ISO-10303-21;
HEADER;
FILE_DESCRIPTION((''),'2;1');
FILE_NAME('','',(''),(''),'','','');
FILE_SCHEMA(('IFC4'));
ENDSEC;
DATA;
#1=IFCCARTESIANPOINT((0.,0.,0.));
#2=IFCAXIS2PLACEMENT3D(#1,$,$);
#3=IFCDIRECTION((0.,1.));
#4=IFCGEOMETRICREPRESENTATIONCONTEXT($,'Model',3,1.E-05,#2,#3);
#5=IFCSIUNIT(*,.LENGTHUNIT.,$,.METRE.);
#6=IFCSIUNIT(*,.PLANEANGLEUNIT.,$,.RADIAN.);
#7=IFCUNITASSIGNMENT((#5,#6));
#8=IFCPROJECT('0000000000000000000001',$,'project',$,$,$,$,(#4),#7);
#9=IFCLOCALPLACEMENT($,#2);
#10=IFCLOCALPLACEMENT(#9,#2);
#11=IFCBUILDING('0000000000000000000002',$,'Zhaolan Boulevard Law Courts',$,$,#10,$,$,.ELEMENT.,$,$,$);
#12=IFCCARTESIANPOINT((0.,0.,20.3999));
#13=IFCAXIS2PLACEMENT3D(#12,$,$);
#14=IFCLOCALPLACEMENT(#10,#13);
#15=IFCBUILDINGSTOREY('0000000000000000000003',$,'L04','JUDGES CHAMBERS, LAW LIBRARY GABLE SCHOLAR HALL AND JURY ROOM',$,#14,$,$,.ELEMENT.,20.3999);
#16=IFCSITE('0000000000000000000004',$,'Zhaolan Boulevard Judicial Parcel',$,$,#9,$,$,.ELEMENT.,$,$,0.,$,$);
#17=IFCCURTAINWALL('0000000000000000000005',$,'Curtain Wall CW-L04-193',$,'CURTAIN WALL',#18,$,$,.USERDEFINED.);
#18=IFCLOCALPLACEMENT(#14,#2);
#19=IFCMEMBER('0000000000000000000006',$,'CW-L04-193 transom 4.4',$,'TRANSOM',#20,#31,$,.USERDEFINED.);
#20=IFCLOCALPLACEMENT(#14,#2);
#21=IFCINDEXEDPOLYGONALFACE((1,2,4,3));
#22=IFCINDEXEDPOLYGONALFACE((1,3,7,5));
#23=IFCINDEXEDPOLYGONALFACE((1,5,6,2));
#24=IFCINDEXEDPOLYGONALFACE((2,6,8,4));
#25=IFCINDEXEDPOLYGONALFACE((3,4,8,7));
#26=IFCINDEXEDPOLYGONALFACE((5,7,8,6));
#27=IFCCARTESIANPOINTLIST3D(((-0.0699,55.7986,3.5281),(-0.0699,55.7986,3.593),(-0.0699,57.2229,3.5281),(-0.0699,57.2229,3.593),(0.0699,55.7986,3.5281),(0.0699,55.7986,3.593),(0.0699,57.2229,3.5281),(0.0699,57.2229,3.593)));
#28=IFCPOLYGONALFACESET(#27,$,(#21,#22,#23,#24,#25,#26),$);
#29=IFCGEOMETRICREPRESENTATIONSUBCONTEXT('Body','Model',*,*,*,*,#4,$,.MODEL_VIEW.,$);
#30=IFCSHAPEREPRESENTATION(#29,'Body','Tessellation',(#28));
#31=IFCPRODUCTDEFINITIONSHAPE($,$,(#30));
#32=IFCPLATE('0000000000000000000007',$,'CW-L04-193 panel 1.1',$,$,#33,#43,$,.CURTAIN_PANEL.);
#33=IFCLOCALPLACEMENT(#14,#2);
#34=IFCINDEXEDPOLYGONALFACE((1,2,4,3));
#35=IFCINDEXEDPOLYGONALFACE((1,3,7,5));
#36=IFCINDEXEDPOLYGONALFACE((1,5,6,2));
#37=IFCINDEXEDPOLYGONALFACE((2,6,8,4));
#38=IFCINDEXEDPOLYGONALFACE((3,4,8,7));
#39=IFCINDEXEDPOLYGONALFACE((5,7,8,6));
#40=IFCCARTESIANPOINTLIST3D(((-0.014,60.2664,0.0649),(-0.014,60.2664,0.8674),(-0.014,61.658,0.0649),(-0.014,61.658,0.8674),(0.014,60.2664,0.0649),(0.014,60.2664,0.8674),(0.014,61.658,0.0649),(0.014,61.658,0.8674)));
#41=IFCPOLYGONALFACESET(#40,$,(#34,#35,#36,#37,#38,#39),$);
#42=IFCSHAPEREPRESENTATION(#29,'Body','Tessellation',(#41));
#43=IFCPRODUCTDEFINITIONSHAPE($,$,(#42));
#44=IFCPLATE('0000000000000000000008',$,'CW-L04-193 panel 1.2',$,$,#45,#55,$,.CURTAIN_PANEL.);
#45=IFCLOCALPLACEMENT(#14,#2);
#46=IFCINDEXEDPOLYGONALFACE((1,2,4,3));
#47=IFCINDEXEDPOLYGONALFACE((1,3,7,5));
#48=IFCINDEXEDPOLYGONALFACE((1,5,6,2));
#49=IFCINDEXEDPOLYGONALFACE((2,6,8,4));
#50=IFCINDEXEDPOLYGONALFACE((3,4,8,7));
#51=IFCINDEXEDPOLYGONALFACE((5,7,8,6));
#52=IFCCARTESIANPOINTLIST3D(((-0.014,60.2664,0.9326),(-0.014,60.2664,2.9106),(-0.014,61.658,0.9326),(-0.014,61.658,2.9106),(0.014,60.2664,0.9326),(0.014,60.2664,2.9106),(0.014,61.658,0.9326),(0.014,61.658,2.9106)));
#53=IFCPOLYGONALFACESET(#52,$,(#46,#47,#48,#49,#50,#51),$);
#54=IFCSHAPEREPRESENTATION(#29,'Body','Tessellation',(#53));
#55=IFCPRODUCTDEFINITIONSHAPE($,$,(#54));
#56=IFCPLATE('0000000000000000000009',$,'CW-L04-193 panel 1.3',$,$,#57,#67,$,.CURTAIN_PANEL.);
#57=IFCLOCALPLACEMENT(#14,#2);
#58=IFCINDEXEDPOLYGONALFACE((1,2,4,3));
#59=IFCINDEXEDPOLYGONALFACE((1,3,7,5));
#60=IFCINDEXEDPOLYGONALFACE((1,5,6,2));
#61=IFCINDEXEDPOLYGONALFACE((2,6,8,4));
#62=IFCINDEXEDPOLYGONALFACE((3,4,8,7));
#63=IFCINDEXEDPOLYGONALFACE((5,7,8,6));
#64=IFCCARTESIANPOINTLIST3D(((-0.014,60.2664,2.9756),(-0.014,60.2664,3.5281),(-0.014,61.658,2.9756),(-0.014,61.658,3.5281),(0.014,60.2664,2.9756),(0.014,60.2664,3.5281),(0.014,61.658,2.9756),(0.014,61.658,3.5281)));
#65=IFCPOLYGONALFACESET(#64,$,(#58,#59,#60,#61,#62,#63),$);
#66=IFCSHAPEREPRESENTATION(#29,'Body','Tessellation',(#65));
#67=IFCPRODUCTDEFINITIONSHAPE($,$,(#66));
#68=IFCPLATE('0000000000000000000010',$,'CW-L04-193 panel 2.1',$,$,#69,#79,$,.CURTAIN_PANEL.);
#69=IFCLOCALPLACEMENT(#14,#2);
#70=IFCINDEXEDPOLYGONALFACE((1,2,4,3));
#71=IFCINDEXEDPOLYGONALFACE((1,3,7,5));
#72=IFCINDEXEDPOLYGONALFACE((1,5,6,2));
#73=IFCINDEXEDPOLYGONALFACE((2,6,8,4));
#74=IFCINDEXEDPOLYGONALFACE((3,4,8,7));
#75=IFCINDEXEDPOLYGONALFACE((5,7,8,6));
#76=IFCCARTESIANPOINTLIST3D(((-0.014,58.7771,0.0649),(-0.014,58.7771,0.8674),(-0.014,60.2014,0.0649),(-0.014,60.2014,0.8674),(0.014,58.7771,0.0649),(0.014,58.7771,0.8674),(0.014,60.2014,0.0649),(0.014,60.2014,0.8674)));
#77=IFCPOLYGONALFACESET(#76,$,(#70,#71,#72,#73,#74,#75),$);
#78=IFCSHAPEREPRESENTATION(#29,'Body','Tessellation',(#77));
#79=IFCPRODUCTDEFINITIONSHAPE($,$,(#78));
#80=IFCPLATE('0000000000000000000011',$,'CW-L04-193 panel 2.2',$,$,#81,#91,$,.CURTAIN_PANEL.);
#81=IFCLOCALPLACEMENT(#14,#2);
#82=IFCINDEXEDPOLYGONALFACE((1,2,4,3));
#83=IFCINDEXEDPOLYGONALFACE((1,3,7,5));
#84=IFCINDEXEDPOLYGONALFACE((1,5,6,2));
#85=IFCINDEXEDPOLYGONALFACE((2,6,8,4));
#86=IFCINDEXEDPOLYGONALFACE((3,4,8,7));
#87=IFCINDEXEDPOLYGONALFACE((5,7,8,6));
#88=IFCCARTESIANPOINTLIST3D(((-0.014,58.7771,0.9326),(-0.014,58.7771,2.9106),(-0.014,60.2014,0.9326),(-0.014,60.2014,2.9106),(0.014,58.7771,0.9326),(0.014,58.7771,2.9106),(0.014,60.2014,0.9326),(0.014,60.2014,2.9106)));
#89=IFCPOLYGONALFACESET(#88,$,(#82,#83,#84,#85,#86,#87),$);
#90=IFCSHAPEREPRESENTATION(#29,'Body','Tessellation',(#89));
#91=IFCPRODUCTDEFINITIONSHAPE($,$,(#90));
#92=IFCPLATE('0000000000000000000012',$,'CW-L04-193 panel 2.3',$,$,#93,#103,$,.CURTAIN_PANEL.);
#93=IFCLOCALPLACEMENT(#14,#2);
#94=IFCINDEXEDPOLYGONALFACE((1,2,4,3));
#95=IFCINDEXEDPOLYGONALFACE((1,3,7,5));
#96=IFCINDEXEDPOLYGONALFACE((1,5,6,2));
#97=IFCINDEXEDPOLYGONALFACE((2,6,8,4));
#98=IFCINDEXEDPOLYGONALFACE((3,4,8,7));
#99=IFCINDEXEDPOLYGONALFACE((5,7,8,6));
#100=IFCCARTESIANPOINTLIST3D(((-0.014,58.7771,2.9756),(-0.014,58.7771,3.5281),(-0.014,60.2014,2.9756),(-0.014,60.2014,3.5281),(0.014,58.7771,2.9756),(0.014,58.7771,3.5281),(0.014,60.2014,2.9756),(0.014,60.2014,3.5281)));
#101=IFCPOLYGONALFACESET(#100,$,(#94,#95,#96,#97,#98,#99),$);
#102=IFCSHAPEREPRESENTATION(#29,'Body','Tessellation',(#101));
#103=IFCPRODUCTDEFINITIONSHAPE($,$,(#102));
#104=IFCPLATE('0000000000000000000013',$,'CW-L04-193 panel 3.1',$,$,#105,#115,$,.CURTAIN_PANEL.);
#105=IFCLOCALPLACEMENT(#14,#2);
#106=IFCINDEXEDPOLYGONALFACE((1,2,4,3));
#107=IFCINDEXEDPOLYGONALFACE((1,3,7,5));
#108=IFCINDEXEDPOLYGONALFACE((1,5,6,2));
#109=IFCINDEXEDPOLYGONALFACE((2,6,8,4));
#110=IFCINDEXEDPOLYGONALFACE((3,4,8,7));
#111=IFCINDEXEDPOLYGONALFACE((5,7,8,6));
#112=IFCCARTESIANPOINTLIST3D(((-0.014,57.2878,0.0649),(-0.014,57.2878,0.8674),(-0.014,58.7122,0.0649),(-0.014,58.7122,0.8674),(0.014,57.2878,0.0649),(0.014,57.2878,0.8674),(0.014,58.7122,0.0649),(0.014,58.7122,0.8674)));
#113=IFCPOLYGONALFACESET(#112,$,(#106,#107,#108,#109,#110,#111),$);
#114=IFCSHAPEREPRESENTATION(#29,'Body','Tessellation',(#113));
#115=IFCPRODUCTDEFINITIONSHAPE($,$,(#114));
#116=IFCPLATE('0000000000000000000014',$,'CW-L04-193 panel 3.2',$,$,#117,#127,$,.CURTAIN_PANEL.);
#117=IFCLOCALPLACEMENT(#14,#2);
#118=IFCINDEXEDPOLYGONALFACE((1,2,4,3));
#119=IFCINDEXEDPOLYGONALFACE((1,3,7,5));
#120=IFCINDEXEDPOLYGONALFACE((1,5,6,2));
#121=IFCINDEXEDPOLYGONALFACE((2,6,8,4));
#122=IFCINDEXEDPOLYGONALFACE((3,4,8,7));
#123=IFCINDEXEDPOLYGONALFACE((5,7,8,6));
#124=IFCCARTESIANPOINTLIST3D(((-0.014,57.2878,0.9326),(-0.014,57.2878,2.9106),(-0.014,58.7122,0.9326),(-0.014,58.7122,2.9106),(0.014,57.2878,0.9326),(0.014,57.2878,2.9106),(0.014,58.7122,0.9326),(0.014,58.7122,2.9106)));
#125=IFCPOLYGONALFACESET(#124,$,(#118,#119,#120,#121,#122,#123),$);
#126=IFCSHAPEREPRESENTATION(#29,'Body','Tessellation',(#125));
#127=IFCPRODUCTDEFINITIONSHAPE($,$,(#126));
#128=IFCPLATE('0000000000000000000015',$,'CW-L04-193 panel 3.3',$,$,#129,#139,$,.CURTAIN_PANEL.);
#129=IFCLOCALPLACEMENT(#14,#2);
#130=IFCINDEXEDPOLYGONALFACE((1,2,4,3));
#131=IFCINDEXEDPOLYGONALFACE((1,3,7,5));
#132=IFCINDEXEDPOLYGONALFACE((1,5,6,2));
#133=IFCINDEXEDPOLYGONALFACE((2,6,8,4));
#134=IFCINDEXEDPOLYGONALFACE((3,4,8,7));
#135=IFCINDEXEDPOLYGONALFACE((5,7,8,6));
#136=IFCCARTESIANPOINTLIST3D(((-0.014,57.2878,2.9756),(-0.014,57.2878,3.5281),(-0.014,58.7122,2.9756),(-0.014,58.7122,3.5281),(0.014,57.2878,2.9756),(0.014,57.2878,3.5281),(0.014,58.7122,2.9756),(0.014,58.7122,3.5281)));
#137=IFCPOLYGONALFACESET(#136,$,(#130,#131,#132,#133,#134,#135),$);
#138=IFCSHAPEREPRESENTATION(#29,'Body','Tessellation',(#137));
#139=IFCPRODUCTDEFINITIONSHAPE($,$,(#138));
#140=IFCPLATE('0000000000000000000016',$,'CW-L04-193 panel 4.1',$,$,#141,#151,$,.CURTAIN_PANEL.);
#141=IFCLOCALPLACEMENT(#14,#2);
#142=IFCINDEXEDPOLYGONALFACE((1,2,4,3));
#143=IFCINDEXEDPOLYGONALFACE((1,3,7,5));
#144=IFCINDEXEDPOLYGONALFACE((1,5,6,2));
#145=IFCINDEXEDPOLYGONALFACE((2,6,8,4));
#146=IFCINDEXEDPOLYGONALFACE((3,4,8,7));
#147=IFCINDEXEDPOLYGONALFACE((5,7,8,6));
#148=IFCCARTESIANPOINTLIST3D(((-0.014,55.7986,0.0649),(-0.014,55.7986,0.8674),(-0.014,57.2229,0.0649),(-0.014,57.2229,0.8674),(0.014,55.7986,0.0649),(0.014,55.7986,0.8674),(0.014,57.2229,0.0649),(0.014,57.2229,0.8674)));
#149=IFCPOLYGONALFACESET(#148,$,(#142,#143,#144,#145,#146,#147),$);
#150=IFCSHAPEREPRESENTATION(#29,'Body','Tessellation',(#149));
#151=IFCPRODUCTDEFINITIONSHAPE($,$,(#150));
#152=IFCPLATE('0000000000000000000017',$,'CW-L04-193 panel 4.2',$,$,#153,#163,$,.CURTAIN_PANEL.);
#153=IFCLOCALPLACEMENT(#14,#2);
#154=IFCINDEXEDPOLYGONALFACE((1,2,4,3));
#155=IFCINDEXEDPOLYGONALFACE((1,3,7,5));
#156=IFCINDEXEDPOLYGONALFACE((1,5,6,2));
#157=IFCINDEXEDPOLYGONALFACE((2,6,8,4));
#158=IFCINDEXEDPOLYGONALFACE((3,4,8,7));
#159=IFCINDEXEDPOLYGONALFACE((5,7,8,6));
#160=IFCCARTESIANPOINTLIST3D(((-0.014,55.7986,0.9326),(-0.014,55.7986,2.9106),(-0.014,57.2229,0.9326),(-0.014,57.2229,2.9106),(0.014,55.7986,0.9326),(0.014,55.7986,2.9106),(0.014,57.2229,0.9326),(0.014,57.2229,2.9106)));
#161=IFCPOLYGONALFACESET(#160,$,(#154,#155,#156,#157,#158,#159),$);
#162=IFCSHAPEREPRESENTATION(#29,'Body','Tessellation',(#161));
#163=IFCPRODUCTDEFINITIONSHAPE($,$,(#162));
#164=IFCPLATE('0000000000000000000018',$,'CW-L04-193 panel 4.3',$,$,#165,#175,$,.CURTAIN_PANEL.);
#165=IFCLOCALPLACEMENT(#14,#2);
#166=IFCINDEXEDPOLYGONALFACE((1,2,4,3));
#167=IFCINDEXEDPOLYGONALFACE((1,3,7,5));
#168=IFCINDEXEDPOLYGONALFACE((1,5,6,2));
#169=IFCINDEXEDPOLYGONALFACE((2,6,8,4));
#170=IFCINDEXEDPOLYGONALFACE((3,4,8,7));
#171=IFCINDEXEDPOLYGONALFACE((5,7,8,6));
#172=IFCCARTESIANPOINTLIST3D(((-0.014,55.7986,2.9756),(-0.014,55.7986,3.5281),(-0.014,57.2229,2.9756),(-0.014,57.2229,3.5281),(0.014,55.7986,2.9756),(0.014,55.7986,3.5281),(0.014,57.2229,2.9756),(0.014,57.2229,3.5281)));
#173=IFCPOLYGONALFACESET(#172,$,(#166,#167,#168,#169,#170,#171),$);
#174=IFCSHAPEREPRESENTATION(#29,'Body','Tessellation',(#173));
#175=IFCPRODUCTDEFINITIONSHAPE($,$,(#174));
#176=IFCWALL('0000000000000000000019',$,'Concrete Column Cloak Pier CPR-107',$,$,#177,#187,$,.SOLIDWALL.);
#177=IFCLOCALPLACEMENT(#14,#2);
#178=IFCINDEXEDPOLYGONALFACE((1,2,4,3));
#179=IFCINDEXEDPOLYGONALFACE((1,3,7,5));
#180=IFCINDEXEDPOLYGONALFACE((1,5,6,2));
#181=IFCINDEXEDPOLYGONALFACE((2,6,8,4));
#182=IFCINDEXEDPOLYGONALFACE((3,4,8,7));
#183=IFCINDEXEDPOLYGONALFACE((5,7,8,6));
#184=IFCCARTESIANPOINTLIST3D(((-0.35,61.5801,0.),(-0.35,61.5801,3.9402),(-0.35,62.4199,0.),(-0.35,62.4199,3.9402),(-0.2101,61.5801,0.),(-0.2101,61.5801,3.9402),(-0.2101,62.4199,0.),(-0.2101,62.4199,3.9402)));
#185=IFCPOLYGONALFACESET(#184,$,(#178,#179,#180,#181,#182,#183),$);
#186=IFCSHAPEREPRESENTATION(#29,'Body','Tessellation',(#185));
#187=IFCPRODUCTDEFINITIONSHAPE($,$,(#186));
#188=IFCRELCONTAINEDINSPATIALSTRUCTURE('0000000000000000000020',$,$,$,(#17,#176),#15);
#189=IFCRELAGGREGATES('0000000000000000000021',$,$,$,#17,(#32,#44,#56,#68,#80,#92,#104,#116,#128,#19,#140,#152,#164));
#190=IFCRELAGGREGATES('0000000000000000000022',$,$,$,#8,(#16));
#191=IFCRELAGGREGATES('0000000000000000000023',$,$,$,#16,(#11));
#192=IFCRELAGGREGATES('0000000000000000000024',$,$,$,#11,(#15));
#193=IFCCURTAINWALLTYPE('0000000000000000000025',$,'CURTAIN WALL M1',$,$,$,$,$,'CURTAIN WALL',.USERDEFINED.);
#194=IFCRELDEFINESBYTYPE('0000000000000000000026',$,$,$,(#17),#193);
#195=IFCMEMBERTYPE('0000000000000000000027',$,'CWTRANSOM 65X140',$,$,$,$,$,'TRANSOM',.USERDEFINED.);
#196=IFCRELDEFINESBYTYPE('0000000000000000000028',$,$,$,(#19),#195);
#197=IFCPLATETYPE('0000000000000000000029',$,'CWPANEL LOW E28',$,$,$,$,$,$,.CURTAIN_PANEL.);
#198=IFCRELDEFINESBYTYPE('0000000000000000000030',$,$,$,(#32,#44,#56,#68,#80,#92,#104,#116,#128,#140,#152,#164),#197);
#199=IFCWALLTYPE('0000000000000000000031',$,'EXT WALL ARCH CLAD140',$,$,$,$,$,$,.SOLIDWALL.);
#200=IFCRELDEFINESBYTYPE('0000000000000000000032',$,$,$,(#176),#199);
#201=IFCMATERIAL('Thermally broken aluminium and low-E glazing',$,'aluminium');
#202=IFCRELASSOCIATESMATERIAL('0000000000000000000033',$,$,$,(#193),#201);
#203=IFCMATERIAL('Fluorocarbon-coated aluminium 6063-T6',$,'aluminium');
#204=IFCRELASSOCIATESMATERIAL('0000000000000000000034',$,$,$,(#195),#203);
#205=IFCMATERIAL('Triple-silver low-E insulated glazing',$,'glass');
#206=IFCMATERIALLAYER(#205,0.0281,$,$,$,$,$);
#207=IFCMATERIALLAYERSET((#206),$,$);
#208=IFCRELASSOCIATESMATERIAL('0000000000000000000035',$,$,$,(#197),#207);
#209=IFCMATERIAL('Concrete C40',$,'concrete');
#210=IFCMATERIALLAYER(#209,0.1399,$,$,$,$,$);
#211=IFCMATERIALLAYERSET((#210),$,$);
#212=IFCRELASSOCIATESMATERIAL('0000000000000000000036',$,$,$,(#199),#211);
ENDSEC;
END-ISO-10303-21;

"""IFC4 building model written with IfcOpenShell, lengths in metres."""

from ifc_helpers import new_model, si_unit, direction, frame, frame_2d, origin, origin_2d, place, context, subcontext, project, spatial, rectangle, extrude, material, layer, layer_set, material_profile, profile_set, type_object, element, aggregate, save


model = new_model("IFC4")

# Units and contexts
model_context = context("Model", 3, precision=1e-05, world=origin(), true_north=direction((0.0, 1.0)))
body_context = subcontext(model_context, "Body", "Model", "MODEL_VIEW")
ifc_project = project(units=[si_unit("LENGTHUNIT", "METRE"), si_unit("PLANEANGLEUNIT", "RADIAN")], contexts=[model_context])

# Site, building, storey
site_placement = place(None, origin())
site = spatial("IfcSite", under=ifc_project, at=site_placement, Name="Zhaolan Boulevard Judicial Parcel", CompositionType="ELEMENT", RefElevation=0.0)
building_placement = place(site_placement, origin())
building = spatial("IfcBuilding", under=site, at=building_placement, Name="Zhaolan Boulevard Law Courts", CompositionType="ELEMENT")
storey_placement = place(building_placement, frame((0.0, 0.0, 20.3999)))
storey = spatial("IfcBuildingStorey", under=building, at=storey_placement, Name="L04", Description="JUDGES CHAMBERS, LAW LIBRARY GABLE SCHOLAR HALL AND JURY ROOM", CompositionType="ELEMENT", Elevation=20.3999)

# Curtain wall, member, plates
ifc_material_1 = material(Name="Thermally broken aluminium and low-E glazing", Category="aluminium")
curtain_wall_type = type_object("IfcCurtainWallType", Name="CURTAIN WALL M1", ElementType="CURTAIN WALL", PredefinedType="USERDEFINED", material=ifc_material_1)
curtain_wall_placement = place(storey_placement, origin())
curtain_wall = element("IfcCurtainWall", 1, at=curtain_wall_placement, inside=storey, type_object=curtain_wall_type, Name="Curtain Wall CW-L04-193", ObjectType="CURTAIN WALL", PredefinedType="USERDEFINED")
ifc_material_2 = material(Name="Fluorocarbon-coated aluminium 6063-T6", Category="aluminium")
ifc_material_profile_1 = material_profile(ifc_material_2, rectangle(XDim=0.1399, YDim=0.0649, at=origin_2d()), Name="AL65x140")
ifc_profile_set_1 = profile_set([ifc_material_profile_1], Name="Fluorocarbon-coated aluminium 6063-T6")
member_type_1 = type_object("IfcMemberType", Name="CWTRANSOM 65X140", ElementType="TRANSOM", PredefinedType="USERDEFINED", material=ifc_profile_set_1)
member_1_placement = place(storey_placement, frame((0.0, 57.2229, 3.5605), z_axis=(0.0, -1.0, 0.0), x_axis=(1.0, 0.0, 0.0)))
member_1 = element("IfcMember", 2, at=member_1_placement, type_object=member_type_1, Name="CW-L04-193 transom 4.4", ObjectType="TRANSOM", PredefinedType="USERDEFINED", context=body_context, shape_type="SweptSolid", body=[
    extrude(rectangle(XDim=0.1399, YDim=0.0649, at=origin_2d()), origin(), (0.0, 0.0, 1.0), 1.4243),
])
ifc_material_3 = material(Name="Triple-silver low-E insulated glazing", Category="glass")
ifc_layer_1 = layer(ifc_material_3, 0.0281)
ifc_layer_set_1 = layer_set([ifc_layer_1])
plate_type = type_object("IfcPlateType", Name="CWPANEL LOW E28", PredefinedType="CURTAIN_PANEL", material=ifc_layer_set_1)
plate_1_placement = place(storey_placement, frame((0.0, 60.9622, 0.0649), z_axis=(0.0, 0.0, 1.0), x_axis=(0.0, -1.0, 0.0)))
plate_1 = element("IfcPlate", 3, at=plate_1_placement, type_object=plate_type, Name="CW-L04-193 panel 1.1", PredefinedType="CURTAIN_PANEL", context=body_context, shape_type="SweptSolid", body=[
    extrude(rectangle(XDim=1.3916, YDim=0.0281, at=origin_2d()), origin(), (0.0, 0.0, 1.0), 0.8025),
])
plate_2_placement = place(storey_placement, frame((0.0, 60.9622, 0.9326), z_axis=(0.0, 0.0, 1.0), x_axis=(0.0, -1.0, 0.0)))
plate_2 = element("IfcPlate", 4, at=plate_2_placement, type_object=plate_type, Name="CW-L04-193 panel 1.2", PredefinedType="CURTAIN_PANEL", context=body_context, shape_type="SweptSolid", body=[
    extrude(rectangle(XDim=1.3916, YDim=0.0281, at=origin_2d()), origin(), (0.0, 0.0, 1.0), 1.978),
])
plate_3_placement = place(storey_placement, frame((0.0, 60.9622, 2.9756), z_axis=(0.0, 0.0, 1.0), x_axis=(0.0, -1.0, 0.0)))
plate_3 = element("IfcPlate", 5, at=plate_3_placement, type_object=plate_type, Name="CW-L04-193 panel 1.3", PredefinedType="CURTAIN_PANEL", context=body_context, shape_type="SweptSolid", body=[
    extrude(rectangle(XDim=1.3916, YDim=0.0281, at=origin_2d()), origin(), (0.0, 0.0, 1.0), 0.5525),
])
plate_4_placement = place(storey_placement, frame((0.0, 59.4893, 0.0649), z_axis=(0.0, 0.0, 1.0), x_axis=(0.0, -1.0, 0.0)))
plate_4 = element("IfcPlate", 6, at=plate_4_placement, type_object=plate_type, Name="CW-L04-193 panel 2.1", PredefinedType="CURTAIN_PANEL", context=body_context, shape_type="SweptSolid", body=[
    extrude(rectangle(XDim=1.4243, YDim=0.0281, at=origin_2d()), origin(), (0.0, 0.0, 1.0), 0.8025),
])
plate_5_placement = place(storey_placement, frame((0.0, 59.4893, 0.9326), z_axis=(0.0, 0.0, 1.0), x_axis=(0.0, -1.0, 0.0)))
plate_5 = element("IfcPlate", 7, at=plate_5_placement, type_object=plate_type, Name="CW-L04-193 panel 2.2", PredefinedType="CURTAIN_PANEL", context=body_context, shape_type="SweptSolid", body=[
    extrude(rectangle(XDim=1.4243, YDim=0.0281, at=origin_2d()), origin(), (0.0, 0.0, 1.0), 1.978),
])
plate_6_placement = place(storey_placement, frame((0.0, 59.4893, 2.9756), z_axis=(0.0, 0.0, 1.0), x_axis=(0.0, -1.0, 0.0)))
plate_6 = element("IfcPlate", 8, at=plate_6_placement, type_object=plate_type, Name="CW-L04-193 panel 2.3", PredefinedType="CURTAIN_PANEL", context=body_context, shape_type="SweptSolid", body=[
    extrude(rectangle(XDim=1.4243, YDim=0.0281, at=origin_2d()), origin(), (0.0, 0.0, 1.0), 0.5525),
])
plate_7_placement = place(storey_placement, frame((0.0, 58.0, 0.0649), z_axis=(0.0, 0.0, 1.0), x_axis=(0.0, -1.0, 0.0)))
plate_7 = element("IfcPlate", 9, at=plate_7_placement, type_object=plate_type, Name="CW-L04-193 panel 3.1", PredefinedType="CURTAIN_PANEL", context=body_context, shape_type="SweptSolid", body=[
    extrude(rectangle(XDim=1.4243, YDim=0.0281, at=origin_2d()), origin(), (0.0, 0.0, 1.0), 0.8025),
])
plate_8_placement = place(storey_placement, frame((0.0, 58.0, 0.9326), z_axis=(0.0, 0.0, 1.0), x_axis=(0.0, -1.0, 0.0)))
plate_8 = element("IfcPlate", 10, at=plate_8_placement, type_object=plate_type, Name="CW-L04-193 panel 3.2", PredefinedType="CURTAIN_PANEL", context=body_context, shape_type="SweptSolid", body=[
    extrude(rectangle(XDim=1.4243, YDim=0.0281, at=origin_2d()), origin(), (0.0, 0.0, 1.0), 1.978),
])
plate_9_placement = place(storey_placement, frame((0.0, 58.0, 2.9756), z_axis=(0.0, 0.0, 1.0), x_axis=(0.0, -1.0, 0.0)))
plate_9 = element("IfcPlate", 11, at=plate_9_placement, type_object=plate_type, Name="CW-L04-193 panel 3.3", PredefinedType="CURTAIN_PANEL", context=body_context, shape_type="SweptSolid", body=[
    extrude(rectangle(XDim=1.4243, YDim=0.0281, at=origin_2d()), origin(), (0.0, 0.0, 1.0), 0.5525),
])
plate_10_placement = place(storey_placement, frame((0.0, 56.5107, 0.0649), z_axis=(0.0, 0.0, 1.0), x_axis=(0.0, -1.0, 0.0)))
plate_10 = element("IfcPlate", 12, at=plate_10_placement, type_object=plate_type, Name="CW-L04-193 panel 4.1", PredefinedType="CURTAIN_PANEL", context=body_context, shape_type="SweptSolid", body=[
    extrude(rectangle(XDim=1.4243, YDim=0.0281, at=origin_2d()), origin(), (0.0, 0.0, 1.0), 0.8025),
])
plate_11_placement = place(storey_placement, frame((0.0, 56.5107, 0.9326), z_axis=(0.0, 0.0, 1.0), x_axis=(0.0, -1.0, 0.0)))
plate_11 = element("IfcPlate", 13, at=plate_11_placement, type_object=plate_type, Name="CW-L04-193 panel 4.2", PredefinedType="CURTAIN_PANEL", context=body_context, shape_type="SweptSolid", body=[
    extrude(rectangle(XDim=1.4243, YDim=0.0281, at=origin_2d()), origin(), (0.0, 0.0, 1.0), 1.978),
])
plate_12_placement = place(storey_placement, frame((0.0, 56.5107, 2.9756), z_axis=(0.0, 0.0, 1.0), x_axis=(0.0, -1.0, 0.0)))
plate_12 = element("IfcPlate", 14, at=plate_12_placement, type_object=plate_type, Name="CW-L04-193 panel 4.3", PredefinedType="CURTAIN_PANEL", context=body_context, shape_type="SweptSolid", body=[
    extrude(rectangle(XDim=1.4243, YDim=0.0281, at=origin_2d()), origin(), (0.0, 0.0, 1.0), 0.5525),
])
aggregate(curtain_wall, [plate_1, plate_2, plate_3, plate_4, plate_5, plate_6, plate_7, plate_8, plate_9, member_1, plate_10, plate_11, plate_12])

# Wall
ifc_material_4 = material(Name="Concrete C40", Category="concrete")
ifc_layer_2 = layer(ifc_material_4, 0.1399)
ifc_layer_set_2 = layer_set([ifc_layer_2])
wall_type = type_object("IfcWallType", Name="EXT WALL ARCH CLAD140", PredefinedType="SOLIDWALL", material=ifc_layer_set_2)
wall_placement = place(storey_placement, frame((-0.28, 61.5801, 0.0), z_axis=(0.0, 0.0, 1.0), x_axis=(0.0, 1.0, 0.0)))
element("IfcWall", 15, at=wall_placement, inside=storey, type_object=wall_type, Name="Concrete Column Cloak Pier CPR-107", PredefinedType="SOLIDWALL", context=body_context, shape_type="SweptSolid", body=[
    extrude(rectangle(XDim=0.8398, YDim=0.1399, at=frame_2d((0.4199, 0.0))), origin(), (0.0, 0.0, 1.0), 3.9402),
])

save(model, "model.ifc")
